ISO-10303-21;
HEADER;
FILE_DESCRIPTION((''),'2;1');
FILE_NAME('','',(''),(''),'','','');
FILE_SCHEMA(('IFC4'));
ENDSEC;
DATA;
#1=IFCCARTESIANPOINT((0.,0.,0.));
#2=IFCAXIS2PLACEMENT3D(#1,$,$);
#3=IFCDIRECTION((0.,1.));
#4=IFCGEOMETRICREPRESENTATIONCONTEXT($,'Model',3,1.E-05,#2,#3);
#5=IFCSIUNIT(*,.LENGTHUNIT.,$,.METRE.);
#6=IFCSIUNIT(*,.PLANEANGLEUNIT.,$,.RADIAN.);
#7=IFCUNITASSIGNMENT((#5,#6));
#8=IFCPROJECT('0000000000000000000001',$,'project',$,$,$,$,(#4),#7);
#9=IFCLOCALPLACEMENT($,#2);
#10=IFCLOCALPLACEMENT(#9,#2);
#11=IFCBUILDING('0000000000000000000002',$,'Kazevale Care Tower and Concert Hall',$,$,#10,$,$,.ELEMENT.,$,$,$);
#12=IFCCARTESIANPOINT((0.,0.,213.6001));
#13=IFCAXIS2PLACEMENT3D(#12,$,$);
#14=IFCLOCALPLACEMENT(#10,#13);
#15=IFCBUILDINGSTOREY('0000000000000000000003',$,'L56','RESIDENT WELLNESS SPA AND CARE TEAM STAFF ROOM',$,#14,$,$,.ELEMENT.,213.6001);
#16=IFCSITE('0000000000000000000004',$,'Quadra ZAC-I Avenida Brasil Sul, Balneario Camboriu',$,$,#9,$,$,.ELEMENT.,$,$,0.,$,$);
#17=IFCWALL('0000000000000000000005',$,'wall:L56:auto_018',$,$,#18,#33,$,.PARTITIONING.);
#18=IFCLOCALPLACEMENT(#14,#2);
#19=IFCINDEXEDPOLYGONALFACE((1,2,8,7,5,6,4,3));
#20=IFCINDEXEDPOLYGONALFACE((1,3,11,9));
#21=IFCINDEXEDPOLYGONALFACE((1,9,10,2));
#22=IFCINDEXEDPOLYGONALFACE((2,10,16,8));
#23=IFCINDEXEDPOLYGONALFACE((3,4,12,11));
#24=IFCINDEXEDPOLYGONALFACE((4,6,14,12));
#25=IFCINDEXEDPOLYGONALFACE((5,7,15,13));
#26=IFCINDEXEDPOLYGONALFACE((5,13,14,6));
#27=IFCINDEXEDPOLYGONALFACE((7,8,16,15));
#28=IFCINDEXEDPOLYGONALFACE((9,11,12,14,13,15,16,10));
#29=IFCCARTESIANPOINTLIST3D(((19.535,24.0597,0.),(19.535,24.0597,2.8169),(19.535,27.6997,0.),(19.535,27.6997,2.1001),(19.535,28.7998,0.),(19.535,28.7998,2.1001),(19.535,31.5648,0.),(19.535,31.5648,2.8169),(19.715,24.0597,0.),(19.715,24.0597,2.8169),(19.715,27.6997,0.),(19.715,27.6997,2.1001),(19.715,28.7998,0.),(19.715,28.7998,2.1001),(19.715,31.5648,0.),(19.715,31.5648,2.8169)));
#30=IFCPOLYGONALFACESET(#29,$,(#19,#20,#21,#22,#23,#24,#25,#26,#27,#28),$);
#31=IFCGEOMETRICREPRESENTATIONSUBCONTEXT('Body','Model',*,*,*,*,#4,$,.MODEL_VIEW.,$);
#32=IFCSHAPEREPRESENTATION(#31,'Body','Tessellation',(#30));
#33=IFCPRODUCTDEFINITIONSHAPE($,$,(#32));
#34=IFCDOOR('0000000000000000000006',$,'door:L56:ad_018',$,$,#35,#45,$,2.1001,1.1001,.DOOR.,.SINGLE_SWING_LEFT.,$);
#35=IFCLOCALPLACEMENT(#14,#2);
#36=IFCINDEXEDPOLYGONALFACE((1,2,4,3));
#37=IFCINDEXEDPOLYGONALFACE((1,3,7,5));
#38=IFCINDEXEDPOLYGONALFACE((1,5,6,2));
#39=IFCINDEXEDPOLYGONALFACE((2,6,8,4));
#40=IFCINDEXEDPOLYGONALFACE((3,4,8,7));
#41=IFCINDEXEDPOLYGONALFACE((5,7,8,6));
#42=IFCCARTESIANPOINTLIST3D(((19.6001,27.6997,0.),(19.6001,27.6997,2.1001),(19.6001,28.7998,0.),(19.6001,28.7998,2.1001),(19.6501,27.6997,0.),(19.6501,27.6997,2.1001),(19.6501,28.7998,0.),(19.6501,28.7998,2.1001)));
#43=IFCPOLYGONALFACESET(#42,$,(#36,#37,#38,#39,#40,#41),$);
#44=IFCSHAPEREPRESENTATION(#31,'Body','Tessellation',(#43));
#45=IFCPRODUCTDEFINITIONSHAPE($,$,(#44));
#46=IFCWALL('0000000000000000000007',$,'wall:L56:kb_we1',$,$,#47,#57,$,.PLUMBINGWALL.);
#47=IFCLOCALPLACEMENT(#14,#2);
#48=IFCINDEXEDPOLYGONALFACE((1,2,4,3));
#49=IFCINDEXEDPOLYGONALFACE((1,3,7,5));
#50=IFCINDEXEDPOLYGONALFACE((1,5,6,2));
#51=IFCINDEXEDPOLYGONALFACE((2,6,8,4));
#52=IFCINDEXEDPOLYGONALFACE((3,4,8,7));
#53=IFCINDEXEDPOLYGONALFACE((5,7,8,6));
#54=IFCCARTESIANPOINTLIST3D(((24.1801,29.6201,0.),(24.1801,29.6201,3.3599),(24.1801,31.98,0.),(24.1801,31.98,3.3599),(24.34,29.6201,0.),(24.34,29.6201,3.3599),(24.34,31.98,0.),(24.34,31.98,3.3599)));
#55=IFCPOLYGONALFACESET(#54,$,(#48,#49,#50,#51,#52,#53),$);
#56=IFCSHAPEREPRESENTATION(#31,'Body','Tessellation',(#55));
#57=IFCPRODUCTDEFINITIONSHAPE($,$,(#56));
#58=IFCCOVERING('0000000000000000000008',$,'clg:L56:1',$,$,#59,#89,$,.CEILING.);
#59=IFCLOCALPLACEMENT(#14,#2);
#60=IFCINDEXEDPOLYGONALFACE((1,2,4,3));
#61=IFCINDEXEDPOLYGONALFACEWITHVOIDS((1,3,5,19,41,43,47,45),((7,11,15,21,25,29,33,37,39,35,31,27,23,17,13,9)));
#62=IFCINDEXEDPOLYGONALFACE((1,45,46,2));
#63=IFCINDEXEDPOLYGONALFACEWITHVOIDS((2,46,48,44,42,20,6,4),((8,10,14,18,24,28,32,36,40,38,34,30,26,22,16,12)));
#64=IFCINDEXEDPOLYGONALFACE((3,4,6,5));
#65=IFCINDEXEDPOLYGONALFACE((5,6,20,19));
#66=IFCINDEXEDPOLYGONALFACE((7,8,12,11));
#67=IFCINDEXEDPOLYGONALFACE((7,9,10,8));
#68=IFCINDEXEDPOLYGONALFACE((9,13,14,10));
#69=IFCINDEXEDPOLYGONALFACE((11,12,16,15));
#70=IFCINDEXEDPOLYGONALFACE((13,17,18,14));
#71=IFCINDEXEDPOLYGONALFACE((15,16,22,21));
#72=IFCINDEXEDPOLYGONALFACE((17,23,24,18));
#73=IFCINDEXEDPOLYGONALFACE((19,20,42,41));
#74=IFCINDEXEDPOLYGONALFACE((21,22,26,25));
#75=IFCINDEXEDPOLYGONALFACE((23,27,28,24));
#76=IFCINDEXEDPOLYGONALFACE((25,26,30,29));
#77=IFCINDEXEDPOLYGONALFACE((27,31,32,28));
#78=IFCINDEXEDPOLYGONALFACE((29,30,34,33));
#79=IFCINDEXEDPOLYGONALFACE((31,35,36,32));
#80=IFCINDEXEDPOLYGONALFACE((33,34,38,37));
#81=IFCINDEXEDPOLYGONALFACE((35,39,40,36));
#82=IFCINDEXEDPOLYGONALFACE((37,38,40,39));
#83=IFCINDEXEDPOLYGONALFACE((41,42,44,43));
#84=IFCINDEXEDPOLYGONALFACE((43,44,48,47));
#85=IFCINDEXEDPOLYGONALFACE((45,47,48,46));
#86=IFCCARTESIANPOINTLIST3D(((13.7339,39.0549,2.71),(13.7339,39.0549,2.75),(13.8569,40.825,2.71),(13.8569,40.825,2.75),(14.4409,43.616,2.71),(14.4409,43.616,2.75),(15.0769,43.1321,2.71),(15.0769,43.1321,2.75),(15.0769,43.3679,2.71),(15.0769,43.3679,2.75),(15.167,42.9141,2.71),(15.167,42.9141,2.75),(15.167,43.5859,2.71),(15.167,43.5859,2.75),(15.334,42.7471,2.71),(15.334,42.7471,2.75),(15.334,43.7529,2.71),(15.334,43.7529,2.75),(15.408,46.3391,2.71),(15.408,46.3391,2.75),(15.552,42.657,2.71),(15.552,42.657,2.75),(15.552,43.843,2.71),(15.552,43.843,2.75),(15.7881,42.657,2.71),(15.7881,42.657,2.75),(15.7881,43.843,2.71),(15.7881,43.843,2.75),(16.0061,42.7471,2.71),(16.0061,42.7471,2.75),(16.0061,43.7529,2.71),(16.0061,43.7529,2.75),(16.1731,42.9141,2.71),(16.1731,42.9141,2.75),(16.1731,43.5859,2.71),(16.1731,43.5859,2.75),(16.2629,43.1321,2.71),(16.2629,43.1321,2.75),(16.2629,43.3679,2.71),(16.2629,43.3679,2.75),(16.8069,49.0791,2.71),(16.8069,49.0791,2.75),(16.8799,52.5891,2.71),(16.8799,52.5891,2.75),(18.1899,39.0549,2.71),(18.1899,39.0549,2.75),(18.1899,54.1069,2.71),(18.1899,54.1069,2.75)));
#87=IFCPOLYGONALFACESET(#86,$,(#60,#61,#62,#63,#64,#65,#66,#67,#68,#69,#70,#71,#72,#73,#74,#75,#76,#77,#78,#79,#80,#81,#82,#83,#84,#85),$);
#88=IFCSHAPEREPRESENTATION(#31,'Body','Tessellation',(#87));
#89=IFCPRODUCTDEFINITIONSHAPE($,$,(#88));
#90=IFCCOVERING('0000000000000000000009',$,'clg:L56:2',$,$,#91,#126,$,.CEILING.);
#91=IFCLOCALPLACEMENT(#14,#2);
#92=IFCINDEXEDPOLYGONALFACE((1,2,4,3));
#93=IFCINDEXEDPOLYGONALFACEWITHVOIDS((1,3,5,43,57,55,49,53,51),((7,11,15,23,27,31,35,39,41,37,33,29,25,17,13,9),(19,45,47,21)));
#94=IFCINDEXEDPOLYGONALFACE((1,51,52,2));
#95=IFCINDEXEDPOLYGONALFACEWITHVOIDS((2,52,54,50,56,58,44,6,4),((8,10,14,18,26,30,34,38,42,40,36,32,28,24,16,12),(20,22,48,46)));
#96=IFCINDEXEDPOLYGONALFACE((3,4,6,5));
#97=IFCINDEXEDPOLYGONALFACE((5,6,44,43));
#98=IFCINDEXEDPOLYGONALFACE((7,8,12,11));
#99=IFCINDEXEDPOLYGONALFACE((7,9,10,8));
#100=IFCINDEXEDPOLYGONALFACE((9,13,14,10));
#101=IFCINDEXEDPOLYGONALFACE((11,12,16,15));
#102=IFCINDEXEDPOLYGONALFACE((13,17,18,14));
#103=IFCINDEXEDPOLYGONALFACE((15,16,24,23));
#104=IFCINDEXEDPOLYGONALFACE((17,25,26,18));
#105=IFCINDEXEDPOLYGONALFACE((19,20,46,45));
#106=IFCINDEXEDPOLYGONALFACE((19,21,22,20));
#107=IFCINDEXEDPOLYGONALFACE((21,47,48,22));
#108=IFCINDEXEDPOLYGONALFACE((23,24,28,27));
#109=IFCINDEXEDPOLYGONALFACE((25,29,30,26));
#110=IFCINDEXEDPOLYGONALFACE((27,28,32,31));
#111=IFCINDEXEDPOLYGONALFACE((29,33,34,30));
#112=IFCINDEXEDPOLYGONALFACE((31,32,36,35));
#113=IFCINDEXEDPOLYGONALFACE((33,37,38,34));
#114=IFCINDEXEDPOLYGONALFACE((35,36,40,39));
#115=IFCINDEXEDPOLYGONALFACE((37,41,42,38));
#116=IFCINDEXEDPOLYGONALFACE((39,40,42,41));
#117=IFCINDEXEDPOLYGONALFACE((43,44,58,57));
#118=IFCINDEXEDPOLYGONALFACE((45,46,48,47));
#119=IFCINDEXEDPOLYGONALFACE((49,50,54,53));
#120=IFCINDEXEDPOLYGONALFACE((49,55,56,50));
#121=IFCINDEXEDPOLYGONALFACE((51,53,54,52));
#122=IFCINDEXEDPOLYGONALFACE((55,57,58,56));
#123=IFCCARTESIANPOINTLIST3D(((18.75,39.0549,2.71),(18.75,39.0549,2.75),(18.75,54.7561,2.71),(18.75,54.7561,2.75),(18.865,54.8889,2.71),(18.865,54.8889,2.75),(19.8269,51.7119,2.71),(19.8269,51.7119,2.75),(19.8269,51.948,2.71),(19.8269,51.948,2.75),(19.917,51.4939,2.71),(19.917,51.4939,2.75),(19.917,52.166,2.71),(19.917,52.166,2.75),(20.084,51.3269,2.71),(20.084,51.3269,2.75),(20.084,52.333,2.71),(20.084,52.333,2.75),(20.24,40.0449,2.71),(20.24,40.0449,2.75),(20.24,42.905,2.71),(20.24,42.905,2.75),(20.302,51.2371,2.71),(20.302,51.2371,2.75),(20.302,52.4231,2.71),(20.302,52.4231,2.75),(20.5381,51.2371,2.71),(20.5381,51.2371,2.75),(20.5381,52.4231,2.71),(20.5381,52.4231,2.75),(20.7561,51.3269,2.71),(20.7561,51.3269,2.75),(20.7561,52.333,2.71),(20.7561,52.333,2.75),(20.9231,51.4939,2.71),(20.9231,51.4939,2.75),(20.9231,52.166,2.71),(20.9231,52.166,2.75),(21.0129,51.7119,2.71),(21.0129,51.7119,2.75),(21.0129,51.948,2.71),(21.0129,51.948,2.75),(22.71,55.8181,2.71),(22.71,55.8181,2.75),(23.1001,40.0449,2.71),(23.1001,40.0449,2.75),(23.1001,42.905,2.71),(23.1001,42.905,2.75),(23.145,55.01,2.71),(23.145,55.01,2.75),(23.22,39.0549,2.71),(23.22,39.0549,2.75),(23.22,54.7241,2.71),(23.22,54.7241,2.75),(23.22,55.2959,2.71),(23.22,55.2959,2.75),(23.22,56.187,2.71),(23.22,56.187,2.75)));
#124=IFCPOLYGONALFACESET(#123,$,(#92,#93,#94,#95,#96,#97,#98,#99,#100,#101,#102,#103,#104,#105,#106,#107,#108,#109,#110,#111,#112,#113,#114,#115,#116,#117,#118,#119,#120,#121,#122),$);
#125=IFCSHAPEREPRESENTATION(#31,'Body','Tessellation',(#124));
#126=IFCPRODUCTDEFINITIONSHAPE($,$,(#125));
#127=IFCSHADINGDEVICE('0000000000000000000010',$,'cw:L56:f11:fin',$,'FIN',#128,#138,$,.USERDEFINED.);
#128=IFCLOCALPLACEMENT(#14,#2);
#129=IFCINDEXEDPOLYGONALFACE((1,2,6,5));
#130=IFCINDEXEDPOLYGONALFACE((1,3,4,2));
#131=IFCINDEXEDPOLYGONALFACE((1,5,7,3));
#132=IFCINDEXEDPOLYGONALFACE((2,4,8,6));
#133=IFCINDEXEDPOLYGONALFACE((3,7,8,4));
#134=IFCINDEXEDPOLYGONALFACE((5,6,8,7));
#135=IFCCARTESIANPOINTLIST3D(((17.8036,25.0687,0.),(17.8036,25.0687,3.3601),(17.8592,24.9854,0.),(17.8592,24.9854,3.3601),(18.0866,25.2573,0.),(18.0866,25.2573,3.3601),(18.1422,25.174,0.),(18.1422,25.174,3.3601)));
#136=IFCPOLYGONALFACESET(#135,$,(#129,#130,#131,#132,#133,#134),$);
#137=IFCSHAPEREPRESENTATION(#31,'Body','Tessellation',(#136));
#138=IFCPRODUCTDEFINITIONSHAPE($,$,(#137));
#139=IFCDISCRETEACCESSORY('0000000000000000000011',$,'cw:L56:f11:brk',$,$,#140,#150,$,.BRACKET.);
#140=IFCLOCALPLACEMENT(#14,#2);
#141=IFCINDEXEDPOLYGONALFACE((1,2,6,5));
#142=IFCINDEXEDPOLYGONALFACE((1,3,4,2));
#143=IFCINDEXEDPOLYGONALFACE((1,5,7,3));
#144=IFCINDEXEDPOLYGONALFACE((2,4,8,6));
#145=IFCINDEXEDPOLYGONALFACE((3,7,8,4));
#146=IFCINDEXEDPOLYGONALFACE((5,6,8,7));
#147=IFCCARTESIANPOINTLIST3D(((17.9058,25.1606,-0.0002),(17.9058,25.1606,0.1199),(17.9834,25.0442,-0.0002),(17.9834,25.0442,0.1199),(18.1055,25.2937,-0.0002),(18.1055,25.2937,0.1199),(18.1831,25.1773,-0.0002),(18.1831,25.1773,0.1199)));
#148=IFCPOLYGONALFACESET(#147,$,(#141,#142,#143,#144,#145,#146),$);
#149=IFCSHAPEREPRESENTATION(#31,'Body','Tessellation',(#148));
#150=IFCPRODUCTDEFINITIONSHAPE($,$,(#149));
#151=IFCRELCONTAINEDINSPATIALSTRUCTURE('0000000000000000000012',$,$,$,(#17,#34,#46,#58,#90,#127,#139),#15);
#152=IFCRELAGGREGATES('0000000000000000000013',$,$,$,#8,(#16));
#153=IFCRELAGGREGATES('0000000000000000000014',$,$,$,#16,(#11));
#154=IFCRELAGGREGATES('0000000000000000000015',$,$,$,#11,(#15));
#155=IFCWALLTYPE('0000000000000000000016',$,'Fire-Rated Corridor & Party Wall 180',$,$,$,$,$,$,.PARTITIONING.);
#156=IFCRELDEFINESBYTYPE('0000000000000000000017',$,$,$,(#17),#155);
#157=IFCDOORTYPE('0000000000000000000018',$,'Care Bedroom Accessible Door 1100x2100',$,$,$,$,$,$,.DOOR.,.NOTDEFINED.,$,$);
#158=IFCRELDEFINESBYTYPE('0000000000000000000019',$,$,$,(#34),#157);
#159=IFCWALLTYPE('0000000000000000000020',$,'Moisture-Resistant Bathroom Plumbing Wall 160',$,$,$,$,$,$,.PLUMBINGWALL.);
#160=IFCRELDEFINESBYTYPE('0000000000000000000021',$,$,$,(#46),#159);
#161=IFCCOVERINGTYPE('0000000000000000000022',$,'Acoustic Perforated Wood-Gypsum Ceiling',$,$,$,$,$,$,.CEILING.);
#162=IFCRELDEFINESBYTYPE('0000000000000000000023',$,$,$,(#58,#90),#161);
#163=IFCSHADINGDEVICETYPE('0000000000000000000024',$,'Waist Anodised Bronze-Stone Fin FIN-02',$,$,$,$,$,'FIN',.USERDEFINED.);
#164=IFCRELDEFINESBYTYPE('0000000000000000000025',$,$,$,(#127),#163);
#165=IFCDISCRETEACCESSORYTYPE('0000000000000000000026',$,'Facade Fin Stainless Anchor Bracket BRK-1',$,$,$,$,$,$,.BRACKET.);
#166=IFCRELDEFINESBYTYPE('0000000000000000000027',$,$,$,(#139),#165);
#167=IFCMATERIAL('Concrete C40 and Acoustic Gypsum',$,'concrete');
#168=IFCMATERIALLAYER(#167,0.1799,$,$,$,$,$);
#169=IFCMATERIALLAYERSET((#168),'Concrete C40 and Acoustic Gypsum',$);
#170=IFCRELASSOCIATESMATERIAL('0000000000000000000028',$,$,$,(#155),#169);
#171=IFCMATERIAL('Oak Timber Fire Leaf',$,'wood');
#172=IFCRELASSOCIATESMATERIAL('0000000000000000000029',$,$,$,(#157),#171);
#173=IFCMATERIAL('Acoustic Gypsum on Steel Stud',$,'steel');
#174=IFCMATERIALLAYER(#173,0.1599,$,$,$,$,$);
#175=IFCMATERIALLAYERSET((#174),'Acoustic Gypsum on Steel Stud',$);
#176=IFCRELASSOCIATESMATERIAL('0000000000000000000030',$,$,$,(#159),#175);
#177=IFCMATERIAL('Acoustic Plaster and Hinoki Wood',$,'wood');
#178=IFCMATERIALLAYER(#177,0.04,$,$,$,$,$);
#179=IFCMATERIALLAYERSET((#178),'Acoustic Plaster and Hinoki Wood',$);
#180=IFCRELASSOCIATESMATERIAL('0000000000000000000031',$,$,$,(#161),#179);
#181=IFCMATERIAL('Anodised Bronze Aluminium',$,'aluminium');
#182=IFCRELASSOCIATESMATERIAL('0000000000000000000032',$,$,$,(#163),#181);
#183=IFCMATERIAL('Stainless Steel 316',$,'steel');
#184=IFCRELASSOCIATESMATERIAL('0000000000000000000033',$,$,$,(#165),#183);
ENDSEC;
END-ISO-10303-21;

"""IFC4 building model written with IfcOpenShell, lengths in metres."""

from ifc_helpers import new_model, si_unit, direction, frame, frame_2d, origin, origin_2d, place, context, subcontext, project, spatial, polyline, rectangle, outline, extrude, material, layer, layer_set, type_object, element, fill, save


model = new_model("IFC4")

# Units and contexts
model_context = context("Model", 3, precision=1e-05, world=origin(), true_north=direction((0.0, 1.0)))
body_context = subcontext(model_context, "Body", "Model", "MODEL_VIEW")
ifc_project = project(units=[si_unit("LENGTHUNIT", "METRE"), si_unit("PLANEANGLEUNIT", "RADIAN")], contexts=[model_context])

# Site, building, storey
site_placement = place(None, origin())
site = spatial("IfcSite", under=ifc_project, at=site_placement, Name="Quadra ZAC-I Avenida Brasil Sul, Balneario Camboriu", CompositionType="ELEMENT", RefElevation=0.0)
building_placement = place(site_placement, origin())
building = spatial("IfcBuilding", under=site, at=building_placement, Name="Kazevale Care Tower and Concert Hall", CompositionType="ELEMENT")
storey_placement = place(building_placement, frame((0.0, 0.0, 213.6001)))
storey = spatial("IfcBuildingStorey", under=building, at=storey_placement, Name="L56", Description="RESIDENT WELLNESS SPA AND CARE TEAM STAFF ROOM", CompositionType="ELEMENT", Elevation=213.6001)

# Wall, opening, door
ifc_material_1 = material(Name="Concrete C40 and Acoustic Gypsum", Category="concrete")
ifc_layer_1 = layer(ifc_material_1, 0.1799)
ifc_layer_set_1 = layer_set([ifc_layer_1], Name="Concrete C40 and Acoustic Gypsum")
wall_type_1 = type_object("IfcWallType", Name="Fire-Rated Corridor & Party Wall 180", PredefinedType="PARTITIONING", material=ifc_layer_set_1)
wall_1_placement = place(storey_placement, frame((19.625, 24.0598, 0.0), z_axis=(0.0, 0.0, 1.0), x_axis=(0.0, 1.0, 0.0)))
wall_1 = element("IfcWall", 1, at=wall_1_placement, inside=storey, type_object=wall_type_1, Name="wall:L56:auto_018", PredefinedType="PARTITIONING", context=body_context, shape_type="SweptSolid", body=[
    extrude(rectangle(XDim=7.5051, YDim=0.1799, at=frame_2d((3.7524, 0.0))), origin(), (0.0, 0.0, 1.0), 2.8169),
])
opening_1_placement = place(wall_1_placement, frame((3.6399, 0.0, 0.0)))
opening_1 = element("IfcOpeningElement", 2, at=opening_1_placement, cuts=wall_1, PredefinedType="OPENING", context=body_context, shape_type="SweptSolid", body=[
    extrude(rectangle(XDim=1.1001, YDim=2.1001, at=frame_2d((0.55, 1.05))), frame((0.0, 0.0999, 0.0), z_axis=(0.0, -1.0, 0.0), x_axis=(1.0, 0.0, 0.0)), (0.0, 0.0, 1.0), 0.2),
])
ifc_material_2 = material(Name="Oak Timber Fire Leaf", Category="wood")
door_type_1 = type_object("IfcDoorType", Name="Care Bedroom Accessible Door 1100x2100", OperationType="NOTDEFINED", PredefinedType="DOOR", material=ifc_material_2)
door_1_placement = place(opening_1_placement, origin())
door_1 = element("IfcDoor", 3, at=door_1_placement, inside=storey, type_object=door_type_1, Name="door:L56:ad_018", OperationType="SINGLE_SWING_LEFT", OverallHeight=2.1001, OverallWidth=1.1001, PredefinedType="DOOR", context=body_context, shape_type="SweptSolid", body=[
    extrude(rectangle(XDim=1.1001, YDim=2.1001, at=frame_2d((0.55, 1.05))), frame((0.0, 0.0249, 0.0), z_axis=(0.0, -1.0, 0.0), x_axis=(1.0, 0.0, 0.0)), (0.0, 0.0, 1.0), 0.05),
])
fill(opening_1, door_1)

# Wall
ifc_material_3 = material(Name="Acoustic Gypsum on Steel Stud", Category="steel")
ifc_layer_2 = layer(ifc_material_3, 0.1599)
ifc_layer_set_2 = layer_set([ifc_layer_2], Name="Acoustic Gypsum on Steel Stud")
wall_type_2 = type_object("IfcWallType", Name="Moisture-Resistant Bathroom Plumbing Wall 160", PredefinedType="PLUMBINGWALL", material=ifc_layer_set_2)
wall_2_placement = place(storey_placement, frame((24.26, 29.6201, 0.0), z_axis=(0.0, 0.0, 1.0), x_axis=(0.0, 1.0, 0.0)))
element("IfcWall", 4, at=wall_2_placement, inside=storey, type_object=wall_type_2, Name="wall:L56:kb_we1", PredefinedType="PLUMBINGWALL", context=body_context, shape_type="SweptSolid", body=[
    extrude(rectangle(XDim=2.3599, YDim=0.1599, at=frame_2d((1.1799, 0.0))), origin(), (0.0, 0.0, 1.0), 3.3599),
])

# Coverings
ifc_material_4 = material(Name="Acoustic Plaster and Hinoki Wood", Category="wood")
ifc_layer_3 = layer(ifc_material_4, 0.04)
ifc_layer_set_3 = layer_set([ifc_layer_3], Name="Acoustic Plaster and Hinoki Wood")
covering_type = type_object("IfcCoveringType", Name="Acoustic Perforated Wood-Gypsum Ceiling", PredefinedType="CEILING", material=ifc_layer_set_3)
covering_1_placement = place(storey_placement, frame((0.0, 0.0, 2.71)))
element("IfcCovering", 5, at=covering_1_placement, inside=storey, type_object=covering_type, Name="clg:L56:1", PredefinedType="CEILING", context=body_context, shape_type="SweptSolid", body=[
    extrude(outline(polyline([(15.408, 46.3391), (16.8069, 49.0791), (16.8799, 52.5891), (18.1899, 54.1069), (18.1899, 39.0549), (13.7339, 39.0549), (13.8569, 40.825), (14.4409, 43.616), (15.408, 46.3391)]), holes=[polyline([(16.2629, 43.3679), (16.1731, 43.5859), (16.0061, 43.7529), (15.7881, 43.843), (15.552, 43.843), (15.334, 43.7529), (15.167, 43.5859), (15.0769, 43.3679), (15.0769, 43.1321), (15.167, 42.9141), (15.334, 42.7471), (15.552, 42.657), (15.7881, 42.657), (16.0061, 42.7471), (16.1731, 42.9141), (16.2629, 43.1321), (16.2629, 43.3679)])]), origin(), (0.0, 0.0, 1.0), 0.04),
])
covering_2_placement = place(storey_placement, frame((0.0, 0.0, 2.71)))
element("IfcCovering", 6, at=covering_2_placement, inside=storey, type_object=covering_type, Name="clg:L56:2", PredefinedType="CEILING", context=body_context, shape_type="SweptSolid", body=[
    extrude(outline(polyline([(18.75, 54.7561), (18.865, 54.8889), (22.71, 55.8181), (23.22, 56.187), (23.22, 55.2959), (23.145, 55.01), (23.22, 54.7241), (23.22, 39.0549), (18.75, 39.0549), (18.75, 54.7561)]), holes=[polyline([(20.24, 40.0449), (23.1001, 40.0449), (23.1001, 42.905), (20.24, 42.905), (20.24, 40.0449)]), polyline([(21.0129, 51.948), (20.9231, 52.166), (20.7561, 52.333), (20.5381, 52.4231), (20.302, 52.4231), (20.084, 52.333), (19.917, 52.166), (19.8269, 51.948), (19.8269, 51.7119), (19.917, 51.4939), (20.084, 51.3269), (20.302, 51.2371), (20.5381, 51.2371), (20.7561, 51.3269), (20.9231, 51.4939), (21.0129, 51.7119), (21.0129, 51.948)])]), origin(), (0.0, 0.0, 1.0), 0.04),
])

# Shading device
ifc_material_5 = material(Name="Anodised Bronze Aluminium", Category="aluminium")
shading_device_type = type_object("IfcShadingDeviceType", Name="Waist Anodised Bronze-Stone Fin FIN-02", ElementType="FIN", PredefinedType="USERDEFINED", material=ifc_material_5)
shading_device_placement = place(storey_placement, frame((17.9729, 25.1213, 0.0), z_axis=(0.0, 0.0, 1.0), x_axis=(-0.832148, -0.554554, 0.0)))
element("IfcShadingDevice", 7, at=shading_device_placement, inside=storey, type_object=shading_device_type, Name="cw:L56:f11:fin", ObjectType="FIN", PredefinedType="USERDEFINED", context=body_context, shape_type="SweptSolid", body=[
    extrude(rectangle(XDim=0.3401, YDim=0.1001, at=origin_2d()), origin(), (0.0, 0.0, 1.0), 3.3601),
])

# Discrete accessory
ifc_material_6 = material(Name="Stainless Steel 316", Category="steel")
discrete_accessory_type = type_object("IfcDiscreteAccessoryType", Name="Facade Fin Stainless Anchor Bracket BRK-1", PredefinedType="BRACKET", material=ifc_material_6)
discrete_accessory_placement = place(storey_placement, frame((18.0444, 25.1689, -0.0002), z_axis=(0.0, 0.0, 1.0), x_axis=(-0.832148, -0.554554, 0.0)))
element("IfcDiscreteAccessory", 8, at=discrete_accessory_placement, inside=storey, type_object=discrete_accessory_type, Name="cw:L56:f11:brk", PredefinedType="BRACKET", context=body_context, shape_type="SweptSolid", body=[
    extrude(rectangle(XDim=0.24, YDim=0.1399, at=origin_2d()), origin(), (0.0, 0.0, 1.0), 0.1201),
])

save(model, "model.ifc")
